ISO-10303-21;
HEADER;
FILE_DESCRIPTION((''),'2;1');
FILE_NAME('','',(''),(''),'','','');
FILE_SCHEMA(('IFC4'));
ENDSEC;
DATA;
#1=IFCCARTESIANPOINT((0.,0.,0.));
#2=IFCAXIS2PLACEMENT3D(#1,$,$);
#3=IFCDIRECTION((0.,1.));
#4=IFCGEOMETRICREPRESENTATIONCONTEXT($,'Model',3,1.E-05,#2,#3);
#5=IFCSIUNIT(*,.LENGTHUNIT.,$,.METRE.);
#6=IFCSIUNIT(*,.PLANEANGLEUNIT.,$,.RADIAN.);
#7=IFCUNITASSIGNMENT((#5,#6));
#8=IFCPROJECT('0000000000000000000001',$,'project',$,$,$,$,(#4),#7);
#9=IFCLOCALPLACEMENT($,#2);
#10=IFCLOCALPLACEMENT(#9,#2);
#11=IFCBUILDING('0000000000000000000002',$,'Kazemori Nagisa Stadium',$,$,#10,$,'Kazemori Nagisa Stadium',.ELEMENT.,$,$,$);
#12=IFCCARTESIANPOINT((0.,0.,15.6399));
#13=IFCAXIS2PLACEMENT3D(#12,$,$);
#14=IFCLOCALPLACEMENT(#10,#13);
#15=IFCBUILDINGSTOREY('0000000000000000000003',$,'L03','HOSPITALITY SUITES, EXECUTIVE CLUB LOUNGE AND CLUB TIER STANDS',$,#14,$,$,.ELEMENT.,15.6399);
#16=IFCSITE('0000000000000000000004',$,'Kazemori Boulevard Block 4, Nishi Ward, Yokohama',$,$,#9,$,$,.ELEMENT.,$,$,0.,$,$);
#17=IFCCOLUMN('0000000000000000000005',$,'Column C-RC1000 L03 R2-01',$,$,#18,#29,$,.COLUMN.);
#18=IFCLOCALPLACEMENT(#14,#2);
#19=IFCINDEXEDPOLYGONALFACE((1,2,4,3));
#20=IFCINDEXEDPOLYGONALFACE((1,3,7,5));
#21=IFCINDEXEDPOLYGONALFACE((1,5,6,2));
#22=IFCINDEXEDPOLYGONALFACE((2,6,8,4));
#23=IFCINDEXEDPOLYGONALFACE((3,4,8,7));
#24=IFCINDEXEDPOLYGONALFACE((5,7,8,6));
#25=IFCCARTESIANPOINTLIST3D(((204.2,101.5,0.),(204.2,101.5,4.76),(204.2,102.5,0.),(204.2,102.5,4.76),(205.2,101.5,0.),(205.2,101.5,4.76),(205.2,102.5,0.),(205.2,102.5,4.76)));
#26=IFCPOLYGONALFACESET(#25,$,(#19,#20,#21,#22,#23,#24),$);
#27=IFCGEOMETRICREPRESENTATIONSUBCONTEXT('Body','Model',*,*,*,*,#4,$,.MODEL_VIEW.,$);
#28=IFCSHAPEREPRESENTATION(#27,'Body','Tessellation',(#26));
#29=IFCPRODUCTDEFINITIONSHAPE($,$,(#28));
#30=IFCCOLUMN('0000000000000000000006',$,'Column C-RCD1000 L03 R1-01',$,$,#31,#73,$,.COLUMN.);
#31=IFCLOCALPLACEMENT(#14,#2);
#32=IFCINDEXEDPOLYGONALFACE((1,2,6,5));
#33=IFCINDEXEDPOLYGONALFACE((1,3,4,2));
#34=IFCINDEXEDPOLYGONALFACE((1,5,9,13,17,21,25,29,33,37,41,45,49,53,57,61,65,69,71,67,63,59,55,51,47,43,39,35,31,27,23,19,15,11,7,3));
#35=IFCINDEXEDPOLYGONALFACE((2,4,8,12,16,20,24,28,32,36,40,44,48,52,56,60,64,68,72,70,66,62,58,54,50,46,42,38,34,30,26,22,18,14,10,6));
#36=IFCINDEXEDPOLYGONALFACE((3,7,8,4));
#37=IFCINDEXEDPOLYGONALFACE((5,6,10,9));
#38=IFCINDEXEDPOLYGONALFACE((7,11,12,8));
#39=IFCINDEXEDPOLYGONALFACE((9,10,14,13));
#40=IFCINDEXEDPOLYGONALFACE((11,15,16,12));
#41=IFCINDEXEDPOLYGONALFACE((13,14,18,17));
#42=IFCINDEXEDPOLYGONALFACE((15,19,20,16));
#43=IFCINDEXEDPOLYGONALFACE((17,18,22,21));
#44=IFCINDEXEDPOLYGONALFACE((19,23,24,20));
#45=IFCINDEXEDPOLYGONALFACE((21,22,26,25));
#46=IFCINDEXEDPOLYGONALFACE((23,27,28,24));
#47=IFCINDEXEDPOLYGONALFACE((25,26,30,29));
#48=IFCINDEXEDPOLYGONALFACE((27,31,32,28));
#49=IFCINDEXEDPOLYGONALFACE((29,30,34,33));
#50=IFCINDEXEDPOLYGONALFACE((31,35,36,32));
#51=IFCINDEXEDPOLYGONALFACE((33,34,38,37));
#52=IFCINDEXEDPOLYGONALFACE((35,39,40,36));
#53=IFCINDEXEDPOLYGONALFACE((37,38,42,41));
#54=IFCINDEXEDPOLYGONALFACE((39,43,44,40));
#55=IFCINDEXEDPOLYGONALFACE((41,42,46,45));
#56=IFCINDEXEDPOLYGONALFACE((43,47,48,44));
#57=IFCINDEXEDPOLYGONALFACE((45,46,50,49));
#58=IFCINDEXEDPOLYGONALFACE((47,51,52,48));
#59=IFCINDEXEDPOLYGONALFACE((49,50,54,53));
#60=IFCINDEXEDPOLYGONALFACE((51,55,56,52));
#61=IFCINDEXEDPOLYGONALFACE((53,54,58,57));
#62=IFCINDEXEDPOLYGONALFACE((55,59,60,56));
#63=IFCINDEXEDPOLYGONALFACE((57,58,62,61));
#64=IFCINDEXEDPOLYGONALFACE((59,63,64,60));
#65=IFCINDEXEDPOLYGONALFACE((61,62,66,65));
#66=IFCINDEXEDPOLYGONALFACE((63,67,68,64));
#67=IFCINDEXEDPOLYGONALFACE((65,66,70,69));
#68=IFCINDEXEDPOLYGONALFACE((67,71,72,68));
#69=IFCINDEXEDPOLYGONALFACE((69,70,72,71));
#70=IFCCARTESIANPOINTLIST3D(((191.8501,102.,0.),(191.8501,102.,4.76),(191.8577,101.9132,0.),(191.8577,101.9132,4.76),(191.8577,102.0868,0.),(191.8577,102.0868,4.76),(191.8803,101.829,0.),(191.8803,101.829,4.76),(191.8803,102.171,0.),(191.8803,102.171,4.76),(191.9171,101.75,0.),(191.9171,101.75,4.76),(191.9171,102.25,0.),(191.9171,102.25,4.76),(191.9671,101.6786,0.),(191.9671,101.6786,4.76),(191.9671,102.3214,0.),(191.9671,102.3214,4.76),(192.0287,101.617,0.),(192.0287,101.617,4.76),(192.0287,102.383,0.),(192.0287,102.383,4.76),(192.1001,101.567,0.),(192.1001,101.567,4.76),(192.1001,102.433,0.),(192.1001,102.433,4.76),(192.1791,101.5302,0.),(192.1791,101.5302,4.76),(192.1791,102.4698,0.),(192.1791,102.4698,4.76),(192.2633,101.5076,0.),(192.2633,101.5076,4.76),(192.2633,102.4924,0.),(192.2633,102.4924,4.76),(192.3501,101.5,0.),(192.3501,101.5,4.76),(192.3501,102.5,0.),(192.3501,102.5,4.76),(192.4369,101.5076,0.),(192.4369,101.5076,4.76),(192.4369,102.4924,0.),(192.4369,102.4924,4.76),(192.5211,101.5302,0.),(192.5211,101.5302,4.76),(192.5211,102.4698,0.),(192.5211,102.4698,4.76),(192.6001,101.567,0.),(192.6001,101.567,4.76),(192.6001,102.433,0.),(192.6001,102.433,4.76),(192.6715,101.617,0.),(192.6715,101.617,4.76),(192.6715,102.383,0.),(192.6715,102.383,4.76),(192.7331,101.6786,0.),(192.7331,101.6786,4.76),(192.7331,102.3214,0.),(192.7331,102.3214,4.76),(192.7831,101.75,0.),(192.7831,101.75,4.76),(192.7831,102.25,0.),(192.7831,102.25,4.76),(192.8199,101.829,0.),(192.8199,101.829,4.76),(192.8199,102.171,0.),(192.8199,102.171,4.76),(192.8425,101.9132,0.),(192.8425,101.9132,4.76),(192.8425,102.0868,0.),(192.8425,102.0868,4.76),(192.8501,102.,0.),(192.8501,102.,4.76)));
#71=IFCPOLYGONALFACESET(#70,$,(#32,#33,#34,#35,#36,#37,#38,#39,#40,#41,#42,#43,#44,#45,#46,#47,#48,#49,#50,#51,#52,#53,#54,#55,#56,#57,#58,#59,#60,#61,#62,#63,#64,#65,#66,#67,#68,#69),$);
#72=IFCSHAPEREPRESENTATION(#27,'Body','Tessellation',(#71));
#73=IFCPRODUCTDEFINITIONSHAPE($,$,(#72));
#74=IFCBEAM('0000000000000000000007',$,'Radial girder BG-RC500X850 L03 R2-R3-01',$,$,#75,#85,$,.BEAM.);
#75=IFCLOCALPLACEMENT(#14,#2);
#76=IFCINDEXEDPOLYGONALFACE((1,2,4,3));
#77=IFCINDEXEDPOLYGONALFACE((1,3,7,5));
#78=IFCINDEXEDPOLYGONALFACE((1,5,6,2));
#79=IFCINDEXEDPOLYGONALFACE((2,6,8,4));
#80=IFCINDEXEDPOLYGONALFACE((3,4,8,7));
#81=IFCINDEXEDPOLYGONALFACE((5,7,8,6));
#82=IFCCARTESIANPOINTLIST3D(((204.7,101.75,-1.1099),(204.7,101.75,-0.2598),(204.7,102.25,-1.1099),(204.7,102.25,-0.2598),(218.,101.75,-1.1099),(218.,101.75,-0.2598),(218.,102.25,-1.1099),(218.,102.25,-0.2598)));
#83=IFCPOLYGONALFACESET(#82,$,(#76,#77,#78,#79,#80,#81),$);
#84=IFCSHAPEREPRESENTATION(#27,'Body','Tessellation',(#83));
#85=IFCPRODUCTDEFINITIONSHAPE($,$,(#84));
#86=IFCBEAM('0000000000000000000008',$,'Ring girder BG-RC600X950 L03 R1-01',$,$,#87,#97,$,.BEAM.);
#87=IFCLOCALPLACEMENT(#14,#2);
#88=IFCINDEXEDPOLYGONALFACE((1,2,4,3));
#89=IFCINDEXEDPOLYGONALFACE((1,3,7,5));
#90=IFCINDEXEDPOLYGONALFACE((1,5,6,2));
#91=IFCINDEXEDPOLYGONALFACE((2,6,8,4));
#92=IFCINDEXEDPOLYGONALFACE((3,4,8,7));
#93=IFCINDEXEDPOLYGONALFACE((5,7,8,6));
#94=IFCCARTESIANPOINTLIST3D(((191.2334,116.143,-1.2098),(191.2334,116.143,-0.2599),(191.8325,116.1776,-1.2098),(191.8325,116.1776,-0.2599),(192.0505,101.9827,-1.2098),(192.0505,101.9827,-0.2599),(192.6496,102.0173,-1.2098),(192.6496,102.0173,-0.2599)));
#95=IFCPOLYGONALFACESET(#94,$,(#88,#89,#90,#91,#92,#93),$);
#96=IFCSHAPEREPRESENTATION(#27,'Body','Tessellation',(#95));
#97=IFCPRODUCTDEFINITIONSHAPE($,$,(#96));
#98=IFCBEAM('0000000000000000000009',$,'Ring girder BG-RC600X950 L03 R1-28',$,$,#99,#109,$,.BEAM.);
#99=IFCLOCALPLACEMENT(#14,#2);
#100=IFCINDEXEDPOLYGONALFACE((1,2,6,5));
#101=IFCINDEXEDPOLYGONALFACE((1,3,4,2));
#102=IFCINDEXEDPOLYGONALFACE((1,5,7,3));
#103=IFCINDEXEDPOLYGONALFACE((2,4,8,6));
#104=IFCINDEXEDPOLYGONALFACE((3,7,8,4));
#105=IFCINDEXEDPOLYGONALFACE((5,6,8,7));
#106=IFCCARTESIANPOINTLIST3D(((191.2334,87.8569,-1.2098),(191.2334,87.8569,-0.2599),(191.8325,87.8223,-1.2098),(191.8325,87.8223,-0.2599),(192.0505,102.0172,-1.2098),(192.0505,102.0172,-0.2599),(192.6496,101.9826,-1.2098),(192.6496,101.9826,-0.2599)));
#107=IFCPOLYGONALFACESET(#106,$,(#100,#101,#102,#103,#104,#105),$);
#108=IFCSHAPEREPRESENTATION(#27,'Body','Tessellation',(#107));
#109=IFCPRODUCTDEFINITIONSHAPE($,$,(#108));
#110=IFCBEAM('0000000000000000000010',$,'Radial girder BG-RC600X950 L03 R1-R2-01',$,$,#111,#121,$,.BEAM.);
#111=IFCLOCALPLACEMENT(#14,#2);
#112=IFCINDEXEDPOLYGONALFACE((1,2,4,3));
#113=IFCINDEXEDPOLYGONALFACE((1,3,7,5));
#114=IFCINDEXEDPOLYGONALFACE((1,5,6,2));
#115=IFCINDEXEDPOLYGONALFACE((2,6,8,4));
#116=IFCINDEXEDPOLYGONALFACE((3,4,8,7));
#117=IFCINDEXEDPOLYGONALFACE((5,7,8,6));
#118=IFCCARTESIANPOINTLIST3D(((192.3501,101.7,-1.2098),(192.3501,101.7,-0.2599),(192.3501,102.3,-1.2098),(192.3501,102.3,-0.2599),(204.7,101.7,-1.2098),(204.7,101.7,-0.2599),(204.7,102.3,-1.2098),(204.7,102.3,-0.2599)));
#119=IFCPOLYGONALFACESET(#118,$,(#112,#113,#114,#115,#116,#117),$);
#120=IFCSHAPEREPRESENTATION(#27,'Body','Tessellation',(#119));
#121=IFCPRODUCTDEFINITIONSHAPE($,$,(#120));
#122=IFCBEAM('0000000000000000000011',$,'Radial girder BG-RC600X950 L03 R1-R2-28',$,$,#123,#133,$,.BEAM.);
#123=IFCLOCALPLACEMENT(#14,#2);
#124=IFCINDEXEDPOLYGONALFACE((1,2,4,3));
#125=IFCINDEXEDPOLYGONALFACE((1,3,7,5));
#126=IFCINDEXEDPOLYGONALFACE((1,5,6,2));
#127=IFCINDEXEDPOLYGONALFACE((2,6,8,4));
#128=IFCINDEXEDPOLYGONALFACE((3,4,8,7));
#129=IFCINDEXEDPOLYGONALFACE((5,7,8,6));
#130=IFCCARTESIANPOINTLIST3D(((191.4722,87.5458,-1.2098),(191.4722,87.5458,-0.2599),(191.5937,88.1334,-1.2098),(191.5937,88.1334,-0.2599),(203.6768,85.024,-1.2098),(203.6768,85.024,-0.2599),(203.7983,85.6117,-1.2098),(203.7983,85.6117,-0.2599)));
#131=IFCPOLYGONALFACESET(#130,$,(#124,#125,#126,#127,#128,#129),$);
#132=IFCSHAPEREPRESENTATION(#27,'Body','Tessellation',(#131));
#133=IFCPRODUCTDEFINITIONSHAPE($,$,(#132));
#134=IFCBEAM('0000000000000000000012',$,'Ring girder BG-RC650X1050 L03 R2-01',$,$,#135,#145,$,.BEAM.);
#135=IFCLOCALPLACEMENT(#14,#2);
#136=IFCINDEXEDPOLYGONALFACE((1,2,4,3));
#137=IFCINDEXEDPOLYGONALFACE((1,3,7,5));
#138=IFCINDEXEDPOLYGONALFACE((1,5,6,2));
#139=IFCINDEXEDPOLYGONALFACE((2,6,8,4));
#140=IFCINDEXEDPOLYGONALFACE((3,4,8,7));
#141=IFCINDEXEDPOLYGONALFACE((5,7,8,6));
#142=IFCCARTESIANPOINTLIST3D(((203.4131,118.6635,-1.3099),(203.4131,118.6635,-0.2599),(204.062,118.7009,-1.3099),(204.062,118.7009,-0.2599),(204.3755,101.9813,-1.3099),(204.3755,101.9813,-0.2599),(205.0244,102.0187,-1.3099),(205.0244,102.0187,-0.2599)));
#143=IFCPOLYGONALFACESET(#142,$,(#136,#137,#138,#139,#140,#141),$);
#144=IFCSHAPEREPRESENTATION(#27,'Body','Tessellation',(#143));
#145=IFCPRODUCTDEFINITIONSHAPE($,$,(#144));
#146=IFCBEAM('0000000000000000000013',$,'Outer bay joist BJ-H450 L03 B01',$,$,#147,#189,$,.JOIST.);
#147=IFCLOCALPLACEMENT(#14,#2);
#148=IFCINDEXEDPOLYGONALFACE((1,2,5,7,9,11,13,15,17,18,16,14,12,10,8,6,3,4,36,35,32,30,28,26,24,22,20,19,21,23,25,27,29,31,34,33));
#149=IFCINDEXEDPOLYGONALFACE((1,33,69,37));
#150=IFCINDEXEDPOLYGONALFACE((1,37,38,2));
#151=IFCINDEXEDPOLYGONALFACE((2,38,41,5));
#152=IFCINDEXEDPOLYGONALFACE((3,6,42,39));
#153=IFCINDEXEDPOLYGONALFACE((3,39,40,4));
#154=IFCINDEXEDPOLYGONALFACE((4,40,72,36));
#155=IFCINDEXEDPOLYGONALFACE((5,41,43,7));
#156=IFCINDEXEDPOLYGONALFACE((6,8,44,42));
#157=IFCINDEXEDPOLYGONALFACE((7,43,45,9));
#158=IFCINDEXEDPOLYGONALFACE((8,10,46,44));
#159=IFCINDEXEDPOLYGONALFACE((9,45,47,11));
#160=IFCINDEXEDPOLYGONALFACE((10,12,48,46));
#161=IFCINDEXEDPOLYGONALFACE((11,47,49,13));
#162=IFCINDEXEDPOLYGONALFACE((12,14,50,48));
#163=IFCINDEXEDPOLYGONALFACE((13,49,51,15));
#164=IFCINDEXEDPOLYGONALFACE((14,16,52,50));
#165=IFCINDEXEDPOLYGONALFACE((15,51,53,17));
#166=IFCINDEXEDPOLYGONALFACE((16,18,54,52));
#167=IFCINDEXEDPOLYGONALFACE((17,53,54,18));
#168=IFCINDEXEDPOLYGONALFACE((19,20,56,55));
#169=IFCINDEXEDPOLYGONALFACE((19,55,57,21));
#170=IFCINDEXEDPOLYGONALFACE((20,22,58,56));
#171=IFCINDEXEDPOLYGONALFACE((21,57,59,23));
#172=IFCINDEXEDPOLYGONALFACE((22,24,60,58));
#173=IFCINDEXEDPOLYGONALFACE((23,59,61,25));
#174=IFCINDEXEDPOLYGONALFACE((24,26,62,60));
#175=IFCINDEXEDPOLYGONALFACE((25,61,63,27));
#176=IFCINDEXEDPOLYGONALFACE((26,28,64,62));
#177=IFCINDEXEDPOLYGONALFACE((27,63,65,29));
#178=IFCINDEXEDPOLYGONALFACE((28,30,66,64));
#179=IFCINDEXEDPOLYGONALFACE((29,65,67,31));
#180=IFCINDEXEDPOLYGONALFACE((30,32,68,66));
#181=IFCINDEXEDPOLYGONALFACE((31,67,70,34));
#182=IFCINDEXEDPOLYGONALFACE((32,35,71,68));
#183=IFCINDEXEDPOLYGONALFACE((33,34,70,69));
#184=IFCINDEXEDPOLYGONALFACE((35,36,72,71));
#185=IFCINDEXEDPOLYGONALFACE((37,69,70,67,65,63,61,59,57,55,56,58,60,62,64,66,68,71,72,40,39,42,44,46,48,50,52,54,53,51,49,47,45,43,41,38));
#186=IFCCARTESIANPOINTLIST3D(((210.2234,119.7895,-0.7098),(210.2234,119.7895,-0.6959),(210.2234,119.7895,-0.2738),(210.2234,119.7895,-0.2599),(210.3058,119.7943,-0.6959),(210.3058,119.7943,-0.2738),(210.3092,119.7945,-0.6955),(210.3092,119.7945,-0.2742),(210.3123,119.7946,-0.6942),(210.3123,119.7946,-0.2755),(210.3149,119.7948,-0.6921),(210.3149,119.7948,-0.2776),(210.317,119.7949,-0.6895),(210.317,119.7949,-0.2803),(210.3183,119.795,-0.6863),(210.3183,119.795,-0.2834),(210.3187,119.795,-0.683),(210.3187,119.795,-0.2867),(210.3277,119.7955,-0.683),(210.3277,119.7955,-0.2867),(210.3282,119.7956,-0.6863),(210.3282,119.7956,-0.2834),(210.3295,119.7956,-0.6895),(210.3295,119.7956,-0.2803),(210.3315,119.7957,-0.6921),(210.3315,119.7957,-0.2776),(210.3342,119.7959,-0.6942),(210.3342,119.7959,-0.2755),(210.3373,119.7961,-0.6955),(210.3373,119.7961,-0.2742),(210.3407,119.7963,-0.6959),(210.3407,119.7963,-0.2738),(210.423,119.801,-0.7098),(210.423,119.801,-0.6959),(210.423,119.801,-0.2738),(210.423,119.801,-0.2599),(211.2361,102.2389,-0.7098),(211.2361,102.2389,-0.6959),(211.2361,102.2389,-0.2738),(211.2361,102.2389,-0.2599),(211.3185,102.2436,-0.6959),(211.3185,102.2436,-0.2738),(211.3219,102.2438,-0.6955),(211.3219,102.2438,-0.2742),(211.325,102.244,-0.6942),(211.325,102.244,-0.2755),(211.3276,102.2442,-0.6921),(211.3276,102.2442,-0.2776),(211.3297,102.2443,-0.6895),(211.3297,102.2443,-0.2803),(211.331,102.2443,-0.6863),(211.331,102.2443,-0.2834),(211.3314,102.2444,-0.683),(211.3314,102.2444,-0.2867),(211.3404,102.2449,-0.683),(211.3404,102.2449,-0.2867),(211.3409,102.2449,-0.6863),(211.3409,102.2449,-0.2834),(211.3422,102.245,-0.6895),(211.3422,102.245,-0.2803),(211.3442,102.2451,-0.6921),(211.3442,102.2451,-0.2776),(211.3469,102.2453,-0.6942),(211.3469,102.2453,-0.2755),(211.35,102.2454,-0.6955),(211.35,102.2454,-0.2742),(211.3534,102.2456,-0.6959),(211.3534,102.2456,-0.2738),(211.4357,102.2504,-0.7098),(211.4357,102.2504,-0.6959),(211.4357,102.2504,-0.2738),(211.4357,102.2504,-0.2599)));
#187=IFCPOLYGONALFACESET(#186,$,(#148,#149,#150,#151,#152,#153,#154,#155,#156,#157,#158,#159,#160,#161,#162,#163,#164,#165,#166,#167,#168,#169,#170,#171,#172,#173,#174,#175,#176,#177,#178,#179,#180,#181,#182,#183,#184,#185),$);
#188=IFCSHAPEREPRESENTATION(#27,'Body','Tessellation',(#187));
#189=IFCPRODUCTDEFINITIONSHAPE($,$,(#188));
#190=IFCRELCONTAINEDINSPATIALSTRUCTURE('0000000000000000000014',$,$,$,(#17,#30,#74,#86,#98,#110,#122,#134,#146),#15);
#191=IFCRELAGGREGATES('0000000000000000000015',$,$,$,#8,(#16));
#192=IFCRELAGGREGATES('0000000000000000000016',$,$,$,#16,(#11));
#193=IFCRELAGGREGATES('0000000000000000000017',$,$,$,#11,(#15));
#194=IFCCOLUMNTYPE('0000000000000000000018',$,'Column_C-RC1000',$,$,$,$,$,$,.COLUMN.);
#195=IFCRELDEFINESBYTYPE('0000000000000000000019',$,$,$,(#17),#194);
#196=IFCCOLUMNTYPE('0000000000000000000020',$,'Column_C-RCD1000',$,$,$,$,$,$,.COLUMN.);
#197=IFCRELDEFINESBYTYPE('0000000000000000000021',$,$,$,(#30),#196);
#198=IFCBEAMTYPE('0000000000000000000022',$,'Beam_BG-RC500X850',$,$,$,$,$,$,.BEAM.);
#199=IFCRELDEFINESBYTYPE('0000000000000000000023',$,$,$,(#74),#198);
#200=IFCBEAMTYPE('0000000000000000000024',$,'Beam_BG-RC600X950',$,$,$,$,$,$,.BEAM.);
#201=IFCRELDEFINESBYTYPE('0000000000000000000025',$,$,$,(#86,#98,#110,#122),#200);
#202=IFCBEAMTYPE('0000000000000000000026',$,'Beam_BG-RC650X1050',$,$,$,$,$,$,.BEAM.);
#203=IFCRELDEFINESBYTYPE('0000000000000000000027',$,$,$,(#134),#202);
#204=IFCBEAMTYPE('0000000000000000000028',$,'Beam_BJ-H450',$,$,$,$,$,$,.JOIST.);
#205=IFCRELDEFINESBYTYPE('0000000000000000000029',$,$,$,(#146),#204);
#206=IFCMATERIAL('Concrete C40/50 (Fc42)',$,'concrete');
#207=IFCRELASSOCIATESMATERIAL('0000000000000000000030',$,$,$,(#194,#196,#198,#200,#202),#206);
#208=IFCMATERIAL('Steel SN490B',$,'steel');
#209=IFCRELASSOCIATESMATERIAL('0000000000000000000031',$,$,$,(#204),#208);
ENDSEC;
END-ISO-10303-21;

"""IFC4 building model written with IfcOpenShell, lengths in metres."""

from ifc_helpers import new_model, si_unit, direction, frame, origin, origin_2d, place, context, subcontext, project, spatial, rectangle, circle, i_section, extrude, material, material_profile, profile_set, type_object, element, save


model = new_model("IFC4")

# Units and contexts
model_context = context("Model", 3, precision=1e-05, world=origin(), true_north=direction((0.0, 1.0)))
body_context = subcontext(model_context, "Body", "Model", "MODEL_VIEW")
ifc_project = project(units=[si_unit("LENGTHUNIT", "METRE"), si_unit("PLANEANGLEUNIT", "RADIAN")], contexts=[model_context])

# Site, building, storey
site_placement = place(None, origin())
site = spatial("IfcSite", under=ifc_project, at=site_placement, Name="Kazemori Boulevard Block 4, Nishi Ward, Yokohama", CompositionType="ELEMENT", RefElevation=0.0)
building_placement = place(site_placement, origin())
building = spatial("IfcBuilding", under=site, at=building_placement, Name="Kazemori Nagisa Stadium", LongName="Kazemori Nagisa Stadium", CompositionType="ELEMENT")
storey_placement = place(building_placement, frame((0.0, 0.0, 15.6399)))
storey = spatial("IfcBuildingStorey", under=building, at=storey_placement, Name="L03", Description="HOSPITALITY SUITES, EXECUTIVE CLUB LOUNGE AND CLUB TIER STANDS", CompositionType="ELEMENT", Elevation=15.6399)

# Columns
ifc_material_1 = material(Name="Concrete C40/50 (Fc42)", Category="concrete")
ifc_material_profile_1 = material_profile(ifc_material_1, rectangle(XDim=1.0, YDim=1.0, at=origin_2d()), Name="RC-COL-1000x1000")
ifc_profile_set_1 = profile_set([ifc_material_profile_1], Name="Concrete C40/50 (Fc42)")
column_type_1 = type_object("IfcColumnType", Name="Column_C-RC1000", PredefinedType="COLUMN", material=ifc_profile_set_1)
column_placement = place(storey_placement, frame((204.7, 102.0, 0.0), z_axis=(0.0, 0.0, 1.0), x_axis=(1.0, 0.0, 0.0)))
element("IfcColumn", 1, at=column_placement, inside=storey, type_object=column_type_1, Name="Column C-RC1000 L03 R2-01", PredefinedType="COLUMN", context=body_context, shape_type="SweptSolid", body=[
    extrude(rectangle(XDim=1.0, YDim=1.0, at=origin_2d()), origin(), (0.0, 0.0, 1.0), 4.76),
])
ifc_material_profile_2 = material_profile(ifc_material_1, circle(Radius=0.5, at=origin_2d()), Name="RC-COL-D1000")
ifc_profile_set_2 = profile_set([ifc_material_profile_2], Name="Concrete C40/50 (Fc42)")
column_type_2 = type_object("IfcColumnType", Name="Column_C-RCD1000", PredefinedType="COLUMN", material=ifc_profile_set_2)
for number, where, z_axis, x_axis, name in (
    (2, (192.3501, 102.0, 0.0), (0.0, 0.0, 1.0), (1.0, 0.0, 0.0), "Column C-RCD1000 L03 R1-01"),
):
    element("IfcColumn", number, at=place(storey_placement, frame(where, z_axis=z_axis, x_axis=x_axis)), inside=storey, type_object=column_type_2, Name=name, PredefinedType="COLUMN", context=body_context, shape_type="SweptSolid", body=[
        extrude(circle(Radius=0.5, at=origin_2d()), origin(), (0.0, 0.0, 1.0), 4.76),
    ])

# Beams
ifc_material_profile_3 = material_profile(ifc_material_1, rectangle(XDim=0.5, YDim=0.8501, at=origin_2d()), Name="RC-BM-500x850")
ifc_profile_set_3 = profile_set([ifc_material_profile_3], Name="Concrete C40/50 (Fc42)")
beam_type_1 = type_object("IfcBeamType", Name="Beam_BG-RC500X850", PredefinedType="BEAM", material=ifc_profile_set_3)
beam_1_placement = place(storey_placement, frame((204.7, 102.0, -0.6848), z_axis=(1.0, 0.0, 0.0), x_axis=(0.0, 1.0, 0.0)))
element("IfcBeam", 3, at=beam_1_placement, inside=storey, type_object=beam_type_1, Name="Radial girder BG-RC500X850 L03 R2-R3-01", PredefinedType="BEAM", context=body_context, shape_type="SweptSolid", body=[
    extrude(rectangle(XDim=0.5, YDim=0.8501, at=origin_2d()), origin(), (0.0, 0.0, 1.0), 13.3),
])
ifc_material_profile_4 = material_profile(ifc_material_1, rectangle(XDim=0.6001, YDim=0.95, at=origin_2d()), Name="RC-BM-600x950")
ifc_profile_set_4 = profile_set([ifc_material_profile_4], Name="Concrete C40/50 (Fc42)")
beam_type_2 = type_object("IfcBeamType", Name="Beam_BG-RC600X950", PredefinedType="BEAM", material=ifc_profile_set_4)
for number, where, z_axis, x_axis, name in (
    (4, (192.3501, 102.0, -0.7349), (-0.05761, 0.998339, 0.0), (-0.998339, -0.05761, 0.0), "Ring girder BG-RC600X950 L03 R1-01"),
    (5, (191.533, 87.8396, -0.7349), (0.05761, 0.998339, 0.0), (-0.998339, 0.05761, 0.0), "Ring girder BG-RC600X950 L03 R1-28"),
):
    element("IfcBeam", number, at=place(storey_placement, frame(where, z_axis=z_axis, x_axis=x_axis)), inside=storey, type_object=beam_type_2, Name=name, PredefinedType="BEAM", context=body_context, shape_type="SweptSolid", body=[
        extrude(rectangle(XDim=0.6001, YDim=0.95, at=origin_2d()), origin(), (0.0, 0.0, 1.0), 14.1838),
    ])
beam_2_placement = place(storey_placement, frame((192.3501, 102.0, -0.7349), z_axis=(1.0, 0.0, 0.0), x_axis=(0.0, 1.0, 0.0)))
element("IfcBeam", 6, at=beam_2_placement, inside=storey, type_object=beam_type_2, Name="Radial girder BG-RC600X950 L03 R1-R2-01", PredefinedType="BEAM", context=body_context, shape_type="SweptSolid", body=[
    extrude(rectangle(XDim=0.6001, YDim=0.95, at=origin_2d()), origin(), (0.0, 0.0, 1.0), 12.3499),
])
beam_3_placement = place(storey_placement, frame((191.533, 87.8396, -0.7349), z_axis=(0.979314, -0.202347, 0.0), x_axis=(0.202347, 0.979314, 0.0)))
element("IfcBeam", 7, at=beam_3_placement, inside=storey, type_object=beam_type_2, Name="Radial girder BG-RC600X950 L03 R1-R2-28", PredefinedType="BEAM", context=body_context, shape_type="SweptSolid", body=[
    extrude(rectangle(XDim=0.6001, YDim=0.95, at=origin_2d()), origin(), (0.0, 0.0, 1.0), 12.4624),
])
ifc_material_profile_5 = material_profile(ifc_material_1, rectangle(XDim=0.6499, YDim=1.05, at=origin_2d()), Name="RC-BM-650x1050")
ifc_profile_set_5 = profile_set([ifc_material_profile_5], Name="Concrete C40/50 (Fc42)")
beam_type_3 = type_object("IfcBeamType", Name="Beam_BG-RC650X1050", PredefinedType="BEAM", material=ifc_profile_set_5)
beam_4_placement = place(storey_placement, frame((204.7, 102.0, -0.7849), z_axis=(-0.057595, 0.99834, 0.0), x_axis=(-0.99834, -0.057595, 0.0)))
element("IfcBeam", 8, at=beam_4_placement, inside=storey, type_object=beam_type_3, Name="Ring girder BG-RC650X1050 L03 R2-01", PredefinedType="BEAM", context=body_context, shape_type="SweptSolid", body=[
    extrude(rectangle(XDim=0.6499, YDim=1.05, at=origin_2d()), origin(), (0.0, 0.0, 1.0), 16.71),
])
ifc_material_2 = material(Name="Steel SN490B", Category="steel")
ifc_material_profile_6 = material_profile(ifc_material_2, i_section(OverallWidth=0.2, OverallDepth=0.45, WebThickness=0.009, FlangeThickness=0.0139, FilletRadius=0.0129, at=origin_2d()), Name="H-450x200x9x14")
ifc_profile_set_6 = profile_set([ifc_material_profile_6], Name="Steel SN490B")
beam_type_4 = type_object("IfcBeamType", Name="Beam_BJ-H450", PredefinedType="JOIST", material=ifc_profile_set_6)
beam_5_placement = place(storey_placement, frame((211.3359, 102.2446, -0.4849), z_axis=(-0.057606, 0.998339, 0.0), x_axis=(-0.998339, -0.057606, 0.0)))
element("IfcBeam", 9, at=beam_5_placement, inside=storey, type_object=beam_type_4, Name="Outer bay joist BJ-H450 L03 B01", PredefinedType="JOIST", context=body_context, shape_type="SweptSolid", body=[
    extrude(i_section(OverallWidth=0.2, OverallDepth=0.45, WebThickness=0.009, FlangeThickness=0.0139, FilletRadius=0.0129, at=origin_2d()), origin(), (0.0, 0.0, 1.0), 17.5798),
])

save(model, "model.ifc")
